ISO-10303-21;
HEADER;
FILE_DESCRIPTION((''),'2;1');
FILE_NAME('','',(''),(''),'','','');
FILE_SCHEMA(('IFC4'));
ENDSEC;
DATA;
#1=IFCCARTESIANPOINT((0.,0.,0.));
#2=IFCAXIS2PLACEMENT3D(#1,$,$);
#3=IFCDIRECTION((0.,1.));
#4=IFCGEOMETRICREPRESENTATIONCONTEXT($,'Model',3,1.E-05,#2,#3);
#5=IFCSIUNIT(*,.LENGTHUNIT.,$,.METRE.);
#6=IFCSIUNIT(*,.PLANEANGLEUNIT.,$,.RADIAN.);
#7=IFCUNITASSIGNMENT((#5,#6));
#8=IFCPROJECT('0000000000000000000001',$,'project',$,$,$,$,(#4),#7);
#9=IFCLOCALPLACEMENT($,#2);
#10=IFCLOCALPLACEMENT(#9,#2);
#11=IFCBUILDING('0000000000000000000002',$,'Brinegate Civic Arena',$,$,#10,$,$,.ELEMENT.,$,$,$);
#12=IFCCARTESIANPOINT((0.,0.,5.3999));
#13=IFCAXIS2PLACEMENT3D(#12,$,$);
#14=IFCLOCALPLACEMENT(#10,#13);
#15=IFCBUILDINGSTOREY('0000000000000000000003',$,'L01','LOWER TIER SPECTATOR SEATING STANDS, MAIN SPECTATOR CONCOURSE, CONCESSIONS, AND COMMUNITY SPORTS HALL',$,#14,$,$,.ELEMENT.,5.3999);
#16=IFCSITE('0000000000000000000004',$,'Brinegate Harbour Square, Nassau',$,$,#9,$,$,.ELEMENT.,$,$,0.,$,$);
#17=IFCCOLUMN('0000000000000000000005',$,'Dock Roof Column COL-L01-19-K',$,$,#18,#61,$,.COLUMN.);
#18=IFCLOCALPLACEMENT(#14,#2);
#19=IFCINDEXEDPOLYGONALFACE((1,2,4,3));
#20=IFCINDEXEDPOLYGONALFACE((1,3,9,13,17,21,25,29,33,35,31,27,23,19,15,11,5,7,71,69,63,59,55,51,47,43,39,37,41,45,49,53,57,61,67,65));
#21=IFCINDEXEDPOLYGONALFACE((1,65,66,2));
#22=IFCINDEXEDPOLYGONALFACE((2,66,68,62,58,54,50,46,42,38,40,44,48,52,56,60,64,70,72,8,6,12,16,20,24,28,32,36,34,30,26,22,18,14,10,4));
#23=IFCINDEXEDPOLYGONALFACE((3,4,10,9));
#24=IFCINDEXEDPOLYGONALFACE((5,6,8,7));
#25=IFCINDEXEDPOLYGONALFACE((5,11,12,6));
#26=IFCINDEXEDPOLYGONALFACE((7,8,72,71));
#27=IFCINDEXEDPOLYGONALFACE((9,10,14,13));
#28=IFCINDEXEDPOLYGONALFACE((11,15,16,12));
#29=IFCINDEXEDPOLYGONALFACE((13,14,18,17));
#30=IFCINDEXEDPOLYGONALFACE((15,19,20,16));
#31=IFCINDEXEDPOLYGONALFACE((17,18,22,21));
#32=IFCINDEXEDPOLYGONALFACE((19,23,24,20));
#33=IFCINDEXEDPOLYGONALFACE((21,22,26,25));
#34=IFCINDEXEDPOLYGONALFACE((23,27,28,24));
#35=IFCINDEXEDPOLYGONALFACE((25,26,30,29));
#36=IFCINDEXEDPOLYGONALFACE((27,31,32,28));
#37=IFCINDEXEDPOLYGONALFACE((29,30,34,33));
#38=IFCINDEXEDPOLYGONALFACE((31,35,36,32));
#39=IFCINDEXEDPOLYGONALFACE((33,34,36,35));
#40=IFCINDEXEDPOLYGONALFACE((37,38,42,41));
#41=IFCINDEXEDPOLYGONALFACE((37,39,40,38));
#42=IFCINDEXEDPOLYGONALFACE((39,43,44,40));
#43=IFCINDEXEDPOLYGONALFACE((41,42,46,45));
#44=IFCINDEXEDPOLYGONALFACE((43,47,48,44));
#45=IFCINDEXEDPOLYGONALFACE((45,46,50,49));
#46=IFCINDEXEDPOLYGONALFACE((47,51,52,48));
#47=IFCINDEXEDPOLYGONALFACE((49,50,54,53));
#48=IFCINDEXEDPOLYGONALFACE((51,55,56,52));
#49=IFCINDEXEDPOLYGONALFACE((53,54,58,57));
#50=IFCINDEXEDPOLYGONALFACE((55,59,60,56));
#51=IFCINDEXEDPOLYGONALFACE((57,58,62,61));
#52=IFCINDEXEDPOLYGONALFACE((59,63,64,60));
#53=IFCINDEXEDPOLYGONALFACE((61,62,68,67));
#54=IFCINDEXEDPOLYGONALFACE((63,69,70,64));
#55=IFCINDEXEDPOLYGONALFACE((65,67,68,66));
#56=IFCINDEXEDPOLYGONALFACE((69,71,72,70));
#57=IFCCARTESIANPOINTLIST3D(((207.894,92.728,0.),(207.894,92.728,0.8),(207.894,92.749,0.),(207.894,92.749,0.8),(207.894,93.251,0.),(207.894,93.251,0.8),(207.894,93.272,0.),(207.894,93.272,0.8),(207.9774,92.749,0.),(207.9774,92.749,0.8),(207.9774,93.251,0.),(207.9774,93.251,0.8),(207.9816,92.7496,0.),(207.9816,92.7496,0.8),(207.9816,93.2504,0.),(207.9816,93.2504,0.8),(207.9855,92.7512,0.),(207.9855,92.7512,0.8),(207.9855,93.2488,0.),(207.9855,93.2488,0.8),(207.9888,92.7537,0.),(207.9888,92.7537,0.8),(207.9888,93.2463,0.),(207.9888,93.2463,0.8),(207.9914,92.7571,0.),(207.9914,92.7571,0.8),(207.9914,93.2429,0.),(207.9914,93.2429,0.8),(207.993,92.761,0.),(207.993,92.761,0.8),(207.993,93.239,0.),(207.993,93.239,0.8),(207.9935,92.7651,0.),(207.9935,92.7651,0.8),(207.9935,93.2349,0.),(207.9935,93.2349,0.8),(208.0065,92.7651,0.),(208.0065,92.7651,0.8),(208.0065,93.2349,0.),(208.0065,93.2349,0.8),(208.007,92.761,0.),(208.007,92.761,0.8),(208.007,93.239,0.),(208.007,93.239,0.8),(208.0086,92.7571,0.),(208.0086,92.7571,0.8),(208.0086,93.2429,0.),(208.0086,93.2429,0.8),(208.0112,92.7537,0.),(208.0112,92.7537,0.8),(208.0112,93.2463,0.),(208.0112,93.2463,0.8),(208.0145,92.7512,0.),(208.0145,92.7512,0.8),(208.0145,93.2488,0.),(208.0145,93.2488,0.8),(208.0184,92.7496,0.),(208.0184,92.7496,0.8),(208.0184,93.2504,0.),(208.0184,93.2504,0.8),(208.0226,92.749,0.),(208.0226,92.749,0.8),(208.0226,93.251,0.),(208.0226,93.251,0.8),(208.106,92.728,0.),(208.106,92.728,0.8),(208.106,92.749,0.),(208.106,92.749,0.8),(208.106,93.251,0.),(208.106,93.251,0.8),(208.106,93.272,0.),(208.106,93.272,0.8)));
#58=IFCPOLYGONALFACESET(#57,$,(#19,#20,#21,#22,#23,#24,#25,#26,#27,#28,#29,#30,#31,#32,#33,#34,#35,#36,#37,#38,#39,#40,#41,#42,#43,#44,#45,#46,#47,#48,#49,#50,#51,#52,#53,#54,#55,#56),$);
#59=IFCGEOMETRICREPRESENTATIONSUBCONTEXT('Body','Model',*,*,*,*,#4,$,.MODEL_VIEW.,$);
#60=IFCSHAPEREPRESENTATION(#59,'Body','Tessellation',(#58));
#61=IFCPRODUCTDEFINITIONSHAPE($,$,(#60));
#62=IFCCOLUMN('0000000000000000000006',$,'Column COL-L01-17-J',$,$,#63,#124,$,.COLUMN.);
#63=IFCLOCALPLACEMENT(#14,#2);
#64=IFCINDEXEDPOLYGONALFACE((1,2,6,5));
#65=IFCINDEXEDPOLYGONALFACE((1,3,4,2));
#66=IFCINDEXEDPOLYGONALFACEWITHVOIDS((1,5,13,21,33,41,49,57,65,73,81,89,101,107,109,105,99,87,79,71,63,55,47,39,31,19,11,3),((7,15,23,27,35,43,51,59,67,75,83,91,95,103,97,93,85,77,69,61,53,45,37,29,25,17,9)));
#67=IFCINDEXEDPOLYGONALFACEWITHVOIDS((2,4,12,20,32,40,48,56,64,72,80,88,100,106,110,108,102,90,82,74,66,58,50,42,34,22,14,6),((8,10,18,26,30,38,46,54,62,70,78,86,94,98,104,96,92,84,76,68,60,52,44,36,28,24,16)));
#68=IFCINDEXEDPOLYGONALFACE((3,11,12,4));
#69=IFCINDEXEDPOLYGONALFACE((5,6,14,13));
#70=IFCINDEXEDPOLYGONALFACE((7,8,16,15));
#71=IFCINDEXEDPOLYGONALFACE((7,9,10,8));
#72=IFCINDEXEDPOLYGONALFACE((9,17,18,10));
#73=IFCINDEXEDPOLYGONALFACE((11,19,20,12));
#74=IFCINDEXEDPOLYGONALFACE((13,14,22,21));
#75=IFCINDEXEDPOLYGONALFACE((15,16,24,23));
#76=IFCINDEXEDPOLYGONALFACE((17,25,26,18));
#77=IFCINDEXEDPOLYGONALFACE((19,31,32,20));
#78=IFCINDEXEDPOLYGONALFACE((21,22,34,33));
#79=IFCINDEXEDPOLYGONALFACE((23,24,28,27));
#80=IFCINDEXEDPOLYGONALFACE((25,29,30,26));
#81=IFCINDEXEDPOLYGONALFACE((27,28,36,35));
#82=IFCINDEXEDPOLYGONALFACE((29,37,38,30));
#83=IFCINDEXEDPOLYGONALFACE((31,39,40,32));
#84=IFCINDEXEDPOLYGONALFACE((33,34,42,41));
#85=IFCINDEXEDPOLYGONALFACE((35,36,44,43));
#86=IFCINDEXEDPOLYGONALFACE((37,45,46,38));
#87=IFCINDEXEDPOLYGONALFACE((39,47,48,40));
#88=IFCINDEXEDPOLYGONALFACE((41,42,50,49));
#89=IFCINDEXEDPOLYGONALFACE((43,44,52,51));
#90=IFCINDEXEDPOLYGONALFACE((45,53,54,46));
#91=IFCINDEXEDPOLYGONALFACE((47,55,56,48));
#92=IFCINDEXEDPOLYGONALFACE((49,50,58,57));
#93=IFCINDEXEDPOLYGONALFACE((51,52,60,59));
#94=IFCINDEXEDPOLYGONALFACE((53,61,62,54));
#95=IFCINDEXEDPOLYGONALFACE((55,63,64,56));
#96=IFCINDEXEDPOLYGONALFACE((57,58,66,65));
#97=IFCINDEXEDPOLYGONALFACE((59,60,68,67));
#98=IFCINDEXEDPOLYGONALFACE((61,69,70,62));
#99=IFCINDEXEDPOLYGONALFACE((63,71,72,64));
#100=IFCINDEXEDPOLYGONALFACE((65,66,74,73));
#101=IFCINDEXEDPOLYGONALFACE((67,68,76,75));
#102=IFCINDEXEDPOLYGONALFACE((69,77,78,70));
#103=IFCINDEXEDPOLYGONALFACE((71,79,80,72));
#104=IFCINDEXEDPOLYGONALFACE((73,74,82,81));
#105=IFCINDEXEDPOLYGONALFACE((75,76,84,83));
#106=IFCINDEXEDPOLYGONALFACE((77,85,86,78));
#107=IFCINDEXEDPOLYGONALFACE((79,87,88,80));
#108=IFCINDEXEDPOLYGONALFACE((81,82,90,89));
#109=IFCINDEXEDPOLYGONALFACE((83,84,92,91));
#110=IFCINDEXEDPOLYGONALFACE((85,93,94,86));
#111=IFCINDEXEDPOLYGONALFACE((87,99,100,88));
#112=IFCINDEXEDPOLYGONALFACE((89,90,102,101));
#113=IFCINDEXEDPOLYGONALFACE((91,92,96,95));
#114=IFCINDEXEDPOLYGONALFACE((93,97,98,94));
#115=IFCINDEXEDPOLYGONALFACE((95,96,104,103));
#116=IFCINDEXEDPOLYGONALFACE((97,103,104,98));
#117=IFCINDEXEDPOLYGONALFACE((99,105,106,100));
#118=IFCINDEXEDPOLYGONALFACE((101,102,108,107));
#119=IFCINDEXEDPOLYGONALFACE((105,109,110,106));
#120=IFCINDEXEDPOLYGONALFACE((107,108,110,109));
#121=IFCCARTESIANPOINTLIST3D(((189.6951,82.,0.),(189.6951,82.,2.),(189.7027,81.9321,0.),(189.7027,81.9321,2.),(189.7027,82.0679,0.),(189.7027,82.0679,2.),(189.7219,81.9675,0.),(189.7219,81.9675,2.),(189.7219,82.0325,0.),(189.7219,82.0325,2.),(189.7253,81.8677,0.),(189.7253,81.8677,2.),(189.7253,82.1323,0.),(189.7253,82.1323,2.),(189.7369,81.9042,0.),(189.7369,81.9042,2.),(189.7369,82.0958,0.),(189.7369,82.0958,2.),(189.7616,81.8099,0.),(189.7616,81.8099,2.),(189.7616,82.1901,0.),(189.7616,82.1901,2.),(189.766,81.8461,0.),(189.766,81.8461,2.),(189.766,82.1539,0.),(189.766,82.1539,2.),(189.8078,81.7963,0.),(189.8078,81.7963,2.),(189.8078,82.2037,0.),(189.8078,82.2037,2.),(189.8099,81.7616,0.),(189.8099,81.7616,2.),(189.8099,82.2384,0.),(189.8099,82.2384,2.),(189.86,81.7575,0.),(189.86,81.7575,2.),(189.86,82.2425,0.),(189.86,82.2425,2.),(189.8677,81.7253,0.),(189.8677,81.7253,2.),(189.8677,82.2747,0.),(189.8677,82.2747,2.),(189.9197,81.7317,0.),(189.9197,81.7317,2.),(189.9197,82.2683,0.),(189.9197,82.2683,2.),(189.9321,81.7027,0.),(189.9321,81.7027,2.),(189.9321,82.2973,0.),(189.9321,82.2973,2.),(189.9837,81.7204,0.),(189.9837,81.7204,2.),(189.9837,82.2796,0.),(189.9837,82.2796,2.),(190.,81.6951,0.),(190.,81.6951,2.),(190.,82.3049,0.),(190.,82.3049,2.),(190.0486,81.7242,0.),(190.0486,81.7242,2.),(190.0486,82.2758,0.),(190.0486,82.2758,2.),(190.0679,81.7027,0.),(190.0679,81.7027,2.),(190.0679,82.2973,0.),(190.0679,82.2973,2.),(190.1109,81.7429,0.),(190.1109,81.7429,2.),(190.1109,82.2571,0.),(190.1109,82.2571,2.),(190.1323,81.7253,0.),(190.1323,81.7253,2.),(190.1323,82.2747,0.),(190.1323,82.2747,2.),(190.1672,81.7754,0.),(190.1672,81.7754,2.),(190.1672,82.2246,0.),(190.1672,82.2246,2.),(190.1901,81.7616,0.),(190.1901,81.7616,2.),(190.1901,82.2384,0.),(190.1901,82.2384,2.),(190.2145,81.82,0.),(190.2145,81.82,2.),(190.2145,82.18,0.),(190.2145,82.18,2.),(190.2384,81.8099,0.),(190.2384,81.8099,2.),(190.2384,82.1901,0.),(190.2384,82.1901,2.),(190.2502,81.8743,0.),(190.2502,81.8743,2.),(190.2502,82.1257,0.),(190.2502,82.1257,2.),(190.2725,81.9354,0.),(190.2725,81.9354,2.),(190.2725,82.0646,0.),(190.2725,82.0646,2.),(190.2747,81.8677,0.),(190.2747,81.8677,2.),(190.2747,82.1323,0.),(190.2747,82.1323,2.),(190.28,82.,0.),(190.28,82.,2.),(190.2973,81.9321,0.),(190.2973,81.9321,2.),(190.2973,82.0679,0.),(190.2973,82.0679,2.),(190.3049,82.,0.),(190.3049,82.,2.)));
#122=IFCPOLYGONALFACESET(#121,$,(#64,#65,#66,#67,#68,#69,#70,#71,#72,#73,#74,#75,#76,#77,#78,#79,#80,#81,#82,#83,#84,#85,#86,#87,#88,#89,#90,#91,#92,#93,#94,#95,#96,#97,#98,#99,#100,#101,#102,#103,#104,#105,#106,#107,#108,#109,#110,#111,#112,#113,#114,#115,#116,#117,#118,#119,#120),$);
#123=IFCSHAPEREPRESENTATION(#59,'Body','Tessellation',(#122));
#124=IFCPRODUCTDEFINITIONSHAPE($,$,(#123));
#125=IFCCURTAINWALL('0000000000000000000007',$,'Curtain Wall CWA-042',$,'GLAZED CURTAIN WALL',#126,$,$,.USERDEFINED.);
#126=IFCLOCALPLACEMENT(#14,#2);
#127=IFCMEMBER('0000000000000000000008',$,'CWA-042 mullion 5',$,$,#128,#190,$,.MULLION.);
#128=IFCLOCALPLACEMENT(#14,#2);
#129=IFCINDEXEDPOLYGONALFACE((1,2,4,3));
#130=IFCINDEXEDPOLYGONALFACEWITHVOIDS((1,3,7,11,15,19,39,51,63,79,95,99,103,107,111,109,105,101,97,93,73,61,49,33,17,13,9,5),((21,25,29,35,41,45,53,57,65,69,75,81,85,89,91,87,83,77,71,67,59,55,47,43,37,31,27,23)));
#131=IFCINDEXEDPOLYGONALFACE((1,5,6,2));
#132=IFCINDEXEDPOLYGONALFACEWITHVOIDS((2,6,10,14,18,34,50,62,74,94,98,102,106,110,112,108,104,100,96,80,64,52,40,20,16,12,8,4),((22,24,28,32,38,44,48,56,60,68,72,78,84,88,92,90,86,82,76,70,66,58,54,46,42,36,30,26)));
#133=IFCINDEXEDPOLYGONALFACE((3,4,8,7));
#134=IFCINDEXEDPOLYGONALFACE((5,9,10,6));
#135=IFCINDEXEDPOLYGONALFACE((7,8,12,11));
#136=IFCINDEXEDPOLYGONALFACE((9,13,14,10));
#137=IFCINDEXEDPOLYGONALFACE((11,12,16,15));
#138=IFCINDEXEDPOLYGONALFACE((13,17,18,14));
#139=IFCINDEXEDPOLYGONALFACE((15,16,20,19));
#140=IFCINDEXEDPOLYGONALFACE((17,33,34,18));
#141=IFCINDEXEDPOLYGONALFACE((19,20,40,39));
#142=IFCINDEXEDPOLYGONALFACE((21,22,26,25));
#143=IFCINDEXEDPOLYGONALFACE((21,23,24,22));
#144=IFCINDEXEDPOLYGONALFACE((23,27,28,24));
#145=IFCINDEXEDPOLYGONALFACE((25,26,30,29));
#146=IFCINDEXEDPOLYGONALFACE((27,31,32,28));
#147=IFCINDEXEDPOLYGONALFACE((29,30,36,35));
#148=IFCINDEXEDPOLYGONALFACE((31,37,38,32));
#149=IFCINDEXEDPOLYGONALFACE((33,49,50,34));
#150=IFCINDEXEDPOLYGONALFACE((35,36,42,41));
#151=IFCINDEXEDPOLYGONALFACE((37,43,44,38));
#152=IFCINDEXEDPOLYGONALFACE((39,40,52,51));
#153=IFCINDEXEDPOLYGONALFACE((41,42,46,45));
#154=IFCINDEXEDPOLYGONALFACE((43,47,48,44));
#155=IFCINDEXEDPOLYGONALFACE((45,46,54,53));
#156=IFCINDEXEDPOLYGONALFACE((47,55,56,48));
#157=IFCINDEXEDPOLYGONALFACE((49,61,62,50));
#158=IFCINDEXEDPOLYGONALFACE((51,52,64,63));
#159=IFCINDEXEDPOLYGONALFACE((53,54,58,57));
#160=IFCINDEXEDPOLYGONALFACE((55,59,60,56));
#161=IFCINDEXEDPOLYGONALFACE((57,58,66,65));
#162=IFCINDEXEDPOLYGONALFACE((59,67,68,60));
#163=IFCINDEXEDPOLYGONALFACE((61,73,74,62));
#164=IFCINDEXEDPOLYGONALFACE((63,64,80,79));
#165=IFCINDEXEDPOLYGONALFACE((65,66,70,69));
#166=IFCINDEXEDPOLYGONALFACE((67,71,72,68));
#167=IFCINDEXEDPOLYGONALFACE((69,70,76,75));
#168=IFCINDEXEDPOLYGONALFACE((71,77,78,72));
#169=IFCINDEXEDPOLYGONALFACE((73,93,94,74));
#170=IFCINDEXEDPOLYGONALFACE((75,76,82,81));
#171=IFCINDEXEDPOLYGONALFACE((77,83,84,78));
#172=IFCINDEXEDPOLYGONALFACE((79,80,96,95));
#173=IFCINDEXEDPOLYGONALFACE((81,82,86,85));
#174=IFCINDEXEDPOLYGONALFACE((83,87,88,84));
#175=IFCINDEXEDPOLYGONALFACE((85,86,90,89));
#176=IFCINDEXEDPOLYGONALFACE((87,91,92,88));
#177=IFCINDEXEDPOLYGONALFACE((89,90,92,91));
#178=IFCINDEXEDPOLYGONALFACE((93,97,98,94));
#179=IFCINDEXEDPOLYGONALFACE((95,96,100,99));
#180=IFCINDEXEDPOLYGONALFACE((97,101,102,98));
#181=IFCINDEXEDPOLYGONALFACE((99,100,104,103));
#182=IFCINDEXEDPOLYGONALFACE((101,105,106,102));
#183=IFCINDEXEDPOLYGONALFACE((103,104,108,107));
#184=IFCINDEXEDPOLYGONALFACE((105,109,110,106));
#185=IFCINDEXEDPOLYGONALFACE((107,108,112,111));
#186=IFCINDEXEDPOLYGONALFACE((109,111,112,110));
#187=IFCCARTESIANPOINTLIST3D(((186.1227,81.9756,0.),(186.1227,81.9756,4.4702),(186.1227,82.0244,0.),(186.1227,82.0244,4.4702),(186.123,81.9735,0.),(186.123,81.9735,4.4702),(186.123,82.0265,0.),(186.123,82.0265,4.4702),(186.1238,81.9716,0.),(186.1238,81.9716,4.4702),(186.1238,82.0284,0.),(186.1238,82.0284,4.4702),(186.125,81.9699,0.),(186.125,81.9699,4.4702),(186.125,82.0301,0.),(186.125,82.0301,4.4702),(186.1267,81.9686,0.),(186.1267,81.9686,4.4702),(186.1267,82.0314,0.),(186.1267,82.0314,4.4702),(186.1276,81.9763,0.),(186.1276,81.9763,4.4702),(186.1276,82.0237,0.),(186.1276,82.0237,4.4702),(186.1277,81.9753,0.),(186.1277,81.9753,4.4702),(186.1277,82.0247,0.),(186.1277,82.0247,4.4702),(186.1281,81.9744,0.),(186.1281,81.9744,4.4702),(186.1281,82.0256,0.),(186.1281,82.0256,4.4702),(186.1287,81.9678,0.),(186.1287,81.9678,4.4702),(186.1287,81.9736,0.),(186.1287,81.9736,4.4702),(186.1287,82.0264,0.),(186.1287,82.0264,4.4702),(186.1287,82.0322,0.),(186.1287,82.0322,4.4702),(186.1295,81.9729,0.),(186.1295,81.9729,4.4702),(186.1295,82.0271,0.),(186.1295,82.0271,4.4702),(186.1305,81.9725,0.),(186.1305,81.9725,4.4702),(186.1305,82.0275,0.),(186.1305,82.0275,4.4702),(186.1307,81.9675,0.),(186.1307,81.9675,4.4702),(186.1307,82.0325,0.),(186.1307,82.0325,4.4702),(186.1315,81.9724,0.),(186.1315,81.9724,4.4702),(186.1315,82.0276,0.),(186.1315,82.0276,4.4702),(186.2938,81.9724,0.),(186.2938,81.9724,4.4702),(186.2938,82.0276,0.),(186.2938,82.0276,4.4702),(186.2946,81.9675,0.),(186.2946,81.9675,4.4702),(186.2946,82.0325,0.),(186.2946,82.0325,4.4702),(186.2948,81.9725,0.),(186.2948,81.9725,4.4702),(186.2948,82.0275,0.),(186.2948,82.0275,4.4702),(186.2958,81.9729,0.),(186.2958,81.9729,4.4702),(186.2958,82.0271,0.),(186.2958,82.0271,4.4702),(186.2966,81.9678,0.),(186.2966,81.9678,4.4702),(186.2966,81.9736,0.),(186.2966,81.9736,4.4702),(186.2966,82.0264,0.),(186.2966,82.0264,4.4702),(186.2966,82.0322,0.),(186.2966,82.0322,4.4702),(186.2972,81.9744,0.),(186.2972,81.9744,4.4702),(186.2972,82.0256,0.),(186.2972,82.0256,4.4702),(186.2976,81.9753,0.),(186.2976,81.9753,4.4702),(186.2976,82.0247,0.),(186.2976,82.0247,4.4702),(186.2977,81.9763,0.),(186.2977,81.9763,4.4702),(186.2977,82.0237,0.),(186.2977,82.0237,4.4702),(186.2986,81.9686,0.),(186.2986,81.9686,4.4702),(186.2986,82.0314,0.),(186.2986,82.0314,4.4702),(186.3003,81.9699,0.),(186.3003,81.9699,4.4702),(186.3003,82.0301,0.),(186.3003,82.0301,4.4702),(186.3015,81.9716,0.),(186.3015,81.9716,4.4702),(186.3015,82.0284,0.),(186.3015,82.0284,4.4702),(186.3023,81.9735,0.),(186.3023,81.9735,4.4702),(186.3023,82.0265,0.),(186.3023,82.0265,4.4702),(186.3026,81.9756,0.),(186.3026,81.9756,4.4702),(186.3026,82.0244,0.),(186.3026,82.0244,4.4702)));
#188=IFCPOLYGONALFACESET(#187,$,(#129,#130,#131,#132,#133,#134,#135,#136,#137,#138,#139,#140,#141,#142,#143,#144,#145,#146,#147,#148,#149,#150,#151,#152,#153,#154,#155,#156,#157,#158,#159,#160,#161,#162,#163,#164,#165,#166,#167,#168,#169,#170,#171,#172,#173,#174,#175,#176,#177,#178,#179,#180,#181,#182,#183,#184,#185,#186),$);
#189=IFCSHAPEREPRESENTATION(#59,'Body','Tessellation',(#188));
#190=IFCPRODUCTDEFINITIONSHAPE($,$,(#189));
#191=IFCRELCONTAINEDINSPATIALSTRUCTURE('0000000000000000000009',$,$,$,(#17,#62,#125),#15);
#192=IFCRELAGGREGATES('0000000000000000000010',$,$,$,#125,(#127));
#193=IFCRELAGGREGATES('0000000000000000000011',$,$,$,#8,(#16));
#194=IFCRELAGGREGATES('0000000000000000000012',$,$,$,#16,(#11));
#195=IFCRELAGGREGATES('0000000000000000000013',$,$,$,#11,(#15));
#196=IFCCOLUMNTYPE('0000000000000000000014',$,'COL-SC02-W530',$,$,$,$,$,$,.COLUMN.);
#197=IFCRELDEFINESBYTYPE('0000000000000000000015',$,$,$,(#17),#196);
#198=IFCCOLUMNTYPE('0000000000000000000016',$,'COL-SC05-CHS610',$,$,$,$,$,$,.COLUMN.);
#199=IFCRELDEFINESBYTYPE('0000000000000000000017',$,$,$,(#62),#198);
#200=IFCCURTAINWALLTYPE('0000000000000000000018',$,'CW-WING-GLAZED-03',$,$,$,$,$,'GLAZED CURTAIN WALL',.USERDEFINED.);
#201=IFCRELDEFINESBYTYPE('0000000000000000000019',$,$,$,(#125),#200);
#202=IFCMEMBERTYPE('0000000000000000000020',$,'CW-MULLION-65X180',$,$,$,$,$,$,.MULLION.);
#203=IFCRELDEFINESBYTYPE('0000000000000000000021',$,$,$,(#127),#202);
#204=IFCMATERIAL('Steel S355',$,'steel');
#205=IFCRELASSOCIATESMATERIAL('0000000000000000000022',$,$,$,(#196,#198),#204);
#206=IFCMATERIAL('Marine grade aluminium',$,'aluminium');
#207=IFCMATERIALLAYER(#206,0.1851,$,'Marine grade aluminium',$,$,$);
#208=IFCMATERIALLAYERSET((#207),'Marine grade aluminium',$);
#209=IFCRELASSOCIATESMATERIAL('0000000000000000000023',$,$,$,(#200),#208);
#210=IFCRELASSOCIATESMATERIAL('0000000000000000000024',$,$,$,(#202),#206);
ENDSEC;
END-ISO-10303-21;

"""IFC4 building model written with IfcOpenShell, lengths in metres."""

from ifc_helpers import new_model, si_unit, direction, frame, origin, origin_2d, place, context, subcontext, project, spatial, hollow_rectangle, hollow_circle, i_section, extrude, material, layer, layer_set, material_profile, profile_set, type_object, element, aggregate, save


model = new_model("IFC4")

# Units and contexts
model_context = context("Model", 3, precision=1e-05, world=origin(), true_north=direction((0.0, 1.0)))
body_context = subcontext(model_context, "Body", "Model", "MODEL_VIEW")
ifc_project = project(units=[si_unit("LENGTHUNIT", "METRE"), si_unit("PLANEANGLEUNIT", "RADIAN")], contexts=[model_context])

# Site, building, storey
site_placement = place(None, origin())
site = spatial("IfcSite", under=ifc_project, at=site_placement, Name="Brinegate Harbour Square, Nassau", CompositionType="ELEMENT", RefElevation=0.0)
building_placement = place(site_placement, origin())
building = spatial("IfcBuilding", under=site, at=building_placement, Name="Brinegate Civic Arena", CompositionType="ELEMENT")
storey_placement = place(building_placement, frame((0.0, 0.0, 5.3999)))
storey = spatial("IfcBuildingStorey", under=building, at=storey_placement, Name="L01", Description="LOWER TIER SPECTATOR SEATING STANDS, MAIN SPECTATOR CONCOURSE, CONCESSIONS, AND COMMUNITY SPORTS HALL", CompositionType="ELEMENT", Elevation=5.3999)

# Columns
ifc_material_1 = material(Name="Steel S355", Category="steel")
ifc_material_profile_1 = material_profile(ifc_material_1, i_section(OverallWidth=0.2119, OverallDepth=0.5439, WebThickness=0.0129, FlangeThickness=0.021, FilletRadius=0.0161, at=origin_2d()), Name="W530X123")
ifc_profile_set_1 = profile_set([ifc_material_profile_1], Name="Steel S355")
column_type_1 = type_object("IfcColumnType", Name="COL-SC02-W530", PredefinedType="COLUMN", material=ifc_profile_set_1)
column_1_placement = place(storey_placement, frame((208.0, 93.0, 0.0), z_axis=(0.0, 0.0, 1.0), x_axis=(1.0, 0.0, 0.0)))
element("IfcColumn", 1, at=column_1_placement, inside=storey, type_object=column_type_1, Name="Dock Roof Column COL-L01-19-K", PredefinedType="COLUMN", context=body_context, shape_type="SweptSolid", body=[
    extrude(i_section(OverallWidth=0.2119, OverallDepth=0.5439, WebThickness=0.0129, FlangeThickness=0.021, FilletRadius=0.0161, at=origin_2d()), origin(), (0.0, 0.0, 1.0), 0.8),
])
ifc_material_profile_2 = material_profile(ifc_material_1, hollow_circle(Radius=0.3049, WallThickness=0.0249, at=origin_2d()), Name="CHS610X25")
ifc_profile_set_2 = profile_set([ifc_material_profile_2], Name="Steel S355")
column_type_2 = type_object("IfcColumnType", Name="COL-SC05-CHS610", PredefinedType="COLUMN", material=ifc_profile_set_2)
column_2_placement = place(storey_placement, frame((190.0, 82.0, 0.0), z_axis=(0.0, 0.0, 1.0), x_axis=(1.0, 0.0, 0.0)))
element("IfcColumn", 2, at=column_2_placement, inside=storey, type_object=column_type_2, Name="Column COL-L01-17-J", PredefinedType="COLUMN", context=body_context, shape_type="SweptSolid", body=[
    extrude(hollow_circle(Radius=0.3049, WallThickness=0.0249, at=origin_2d()), origin(), (0.0, 0.0, 1.0), 2.0),
])

# Curtain wall, member
ifc_material_2 = material(Name="Marine grade aluminium", Category="aluminium")
ifc_layer_1 = layer(ifc_material_2, 0.1851, Name="Marine grade aluminium")
ifc_layer_set_1 = layer_set([ifc_layer_1], Name="Marine grade aluminium")
curtain_wall_type = type_object("IfcCurtainWallType", Name="CW-WING-GLAZED-03", ElementType="GLAZED CURTAIN WALL", PredefinedType="USERDEFINED", material=ifc_layer_set_1)
curtain_wall_placement = place(storey_placement, origin())
curtain_wall = element("IfcCurtainWall", 3, at=curtain_wall_placement, inside=storey, type_object=curtain_wall_type, Name="Curtain Wall CWA-042", ObjectType="GLAZED CURTAIN WALL", PredefinedType="USERDEFINED")
ifc_material_profile_3 = material_profile(ifc_material_2, hollow_rectangle(XDim=0.0649, YDim=0.1799, WallThickness=0.0049, InnerFilletRadius=0.0039, OuterFilletRadius=0.0081, at=origin_2d()), Name="MUL65X180")
ifc_profile_set_3 = profile_set([ifc_material_profile_3], Name="Marine grade aluminium")
member_type_1 = type_object("IfcMemberType", Name="CW-MULLION-65X180", PredefinedType="MULLION", material=ifc_profile_set_3)
member_1_placement = place(storey_placement, frame((186.2126, 82.0, 0.0), z_axis=(0.0, 0.0, 1.0), x_axis=(0.0, 1.0, 0.0)))
member_1 = element("IfcMember", 4, at=member_1_placement, type_object=member_type_1, Name="CWA-042 mullion 5", PredefinedType="MULLION", context=body_context, shape_type="SweptSolid", body=[
    extrude(hollow_rectangle(XDim=0.0649, YDim=0.1799, WallThickness=0.0049, InnerFilletRadius=0.0039, OuterFilletRadius=0.0081, at=origin_2d()), origin(), (0.0, 0.0, 1.0), 4.4702),
])

aggregate(curtain_wall, [member_1])

save(model, "model.ifc")
